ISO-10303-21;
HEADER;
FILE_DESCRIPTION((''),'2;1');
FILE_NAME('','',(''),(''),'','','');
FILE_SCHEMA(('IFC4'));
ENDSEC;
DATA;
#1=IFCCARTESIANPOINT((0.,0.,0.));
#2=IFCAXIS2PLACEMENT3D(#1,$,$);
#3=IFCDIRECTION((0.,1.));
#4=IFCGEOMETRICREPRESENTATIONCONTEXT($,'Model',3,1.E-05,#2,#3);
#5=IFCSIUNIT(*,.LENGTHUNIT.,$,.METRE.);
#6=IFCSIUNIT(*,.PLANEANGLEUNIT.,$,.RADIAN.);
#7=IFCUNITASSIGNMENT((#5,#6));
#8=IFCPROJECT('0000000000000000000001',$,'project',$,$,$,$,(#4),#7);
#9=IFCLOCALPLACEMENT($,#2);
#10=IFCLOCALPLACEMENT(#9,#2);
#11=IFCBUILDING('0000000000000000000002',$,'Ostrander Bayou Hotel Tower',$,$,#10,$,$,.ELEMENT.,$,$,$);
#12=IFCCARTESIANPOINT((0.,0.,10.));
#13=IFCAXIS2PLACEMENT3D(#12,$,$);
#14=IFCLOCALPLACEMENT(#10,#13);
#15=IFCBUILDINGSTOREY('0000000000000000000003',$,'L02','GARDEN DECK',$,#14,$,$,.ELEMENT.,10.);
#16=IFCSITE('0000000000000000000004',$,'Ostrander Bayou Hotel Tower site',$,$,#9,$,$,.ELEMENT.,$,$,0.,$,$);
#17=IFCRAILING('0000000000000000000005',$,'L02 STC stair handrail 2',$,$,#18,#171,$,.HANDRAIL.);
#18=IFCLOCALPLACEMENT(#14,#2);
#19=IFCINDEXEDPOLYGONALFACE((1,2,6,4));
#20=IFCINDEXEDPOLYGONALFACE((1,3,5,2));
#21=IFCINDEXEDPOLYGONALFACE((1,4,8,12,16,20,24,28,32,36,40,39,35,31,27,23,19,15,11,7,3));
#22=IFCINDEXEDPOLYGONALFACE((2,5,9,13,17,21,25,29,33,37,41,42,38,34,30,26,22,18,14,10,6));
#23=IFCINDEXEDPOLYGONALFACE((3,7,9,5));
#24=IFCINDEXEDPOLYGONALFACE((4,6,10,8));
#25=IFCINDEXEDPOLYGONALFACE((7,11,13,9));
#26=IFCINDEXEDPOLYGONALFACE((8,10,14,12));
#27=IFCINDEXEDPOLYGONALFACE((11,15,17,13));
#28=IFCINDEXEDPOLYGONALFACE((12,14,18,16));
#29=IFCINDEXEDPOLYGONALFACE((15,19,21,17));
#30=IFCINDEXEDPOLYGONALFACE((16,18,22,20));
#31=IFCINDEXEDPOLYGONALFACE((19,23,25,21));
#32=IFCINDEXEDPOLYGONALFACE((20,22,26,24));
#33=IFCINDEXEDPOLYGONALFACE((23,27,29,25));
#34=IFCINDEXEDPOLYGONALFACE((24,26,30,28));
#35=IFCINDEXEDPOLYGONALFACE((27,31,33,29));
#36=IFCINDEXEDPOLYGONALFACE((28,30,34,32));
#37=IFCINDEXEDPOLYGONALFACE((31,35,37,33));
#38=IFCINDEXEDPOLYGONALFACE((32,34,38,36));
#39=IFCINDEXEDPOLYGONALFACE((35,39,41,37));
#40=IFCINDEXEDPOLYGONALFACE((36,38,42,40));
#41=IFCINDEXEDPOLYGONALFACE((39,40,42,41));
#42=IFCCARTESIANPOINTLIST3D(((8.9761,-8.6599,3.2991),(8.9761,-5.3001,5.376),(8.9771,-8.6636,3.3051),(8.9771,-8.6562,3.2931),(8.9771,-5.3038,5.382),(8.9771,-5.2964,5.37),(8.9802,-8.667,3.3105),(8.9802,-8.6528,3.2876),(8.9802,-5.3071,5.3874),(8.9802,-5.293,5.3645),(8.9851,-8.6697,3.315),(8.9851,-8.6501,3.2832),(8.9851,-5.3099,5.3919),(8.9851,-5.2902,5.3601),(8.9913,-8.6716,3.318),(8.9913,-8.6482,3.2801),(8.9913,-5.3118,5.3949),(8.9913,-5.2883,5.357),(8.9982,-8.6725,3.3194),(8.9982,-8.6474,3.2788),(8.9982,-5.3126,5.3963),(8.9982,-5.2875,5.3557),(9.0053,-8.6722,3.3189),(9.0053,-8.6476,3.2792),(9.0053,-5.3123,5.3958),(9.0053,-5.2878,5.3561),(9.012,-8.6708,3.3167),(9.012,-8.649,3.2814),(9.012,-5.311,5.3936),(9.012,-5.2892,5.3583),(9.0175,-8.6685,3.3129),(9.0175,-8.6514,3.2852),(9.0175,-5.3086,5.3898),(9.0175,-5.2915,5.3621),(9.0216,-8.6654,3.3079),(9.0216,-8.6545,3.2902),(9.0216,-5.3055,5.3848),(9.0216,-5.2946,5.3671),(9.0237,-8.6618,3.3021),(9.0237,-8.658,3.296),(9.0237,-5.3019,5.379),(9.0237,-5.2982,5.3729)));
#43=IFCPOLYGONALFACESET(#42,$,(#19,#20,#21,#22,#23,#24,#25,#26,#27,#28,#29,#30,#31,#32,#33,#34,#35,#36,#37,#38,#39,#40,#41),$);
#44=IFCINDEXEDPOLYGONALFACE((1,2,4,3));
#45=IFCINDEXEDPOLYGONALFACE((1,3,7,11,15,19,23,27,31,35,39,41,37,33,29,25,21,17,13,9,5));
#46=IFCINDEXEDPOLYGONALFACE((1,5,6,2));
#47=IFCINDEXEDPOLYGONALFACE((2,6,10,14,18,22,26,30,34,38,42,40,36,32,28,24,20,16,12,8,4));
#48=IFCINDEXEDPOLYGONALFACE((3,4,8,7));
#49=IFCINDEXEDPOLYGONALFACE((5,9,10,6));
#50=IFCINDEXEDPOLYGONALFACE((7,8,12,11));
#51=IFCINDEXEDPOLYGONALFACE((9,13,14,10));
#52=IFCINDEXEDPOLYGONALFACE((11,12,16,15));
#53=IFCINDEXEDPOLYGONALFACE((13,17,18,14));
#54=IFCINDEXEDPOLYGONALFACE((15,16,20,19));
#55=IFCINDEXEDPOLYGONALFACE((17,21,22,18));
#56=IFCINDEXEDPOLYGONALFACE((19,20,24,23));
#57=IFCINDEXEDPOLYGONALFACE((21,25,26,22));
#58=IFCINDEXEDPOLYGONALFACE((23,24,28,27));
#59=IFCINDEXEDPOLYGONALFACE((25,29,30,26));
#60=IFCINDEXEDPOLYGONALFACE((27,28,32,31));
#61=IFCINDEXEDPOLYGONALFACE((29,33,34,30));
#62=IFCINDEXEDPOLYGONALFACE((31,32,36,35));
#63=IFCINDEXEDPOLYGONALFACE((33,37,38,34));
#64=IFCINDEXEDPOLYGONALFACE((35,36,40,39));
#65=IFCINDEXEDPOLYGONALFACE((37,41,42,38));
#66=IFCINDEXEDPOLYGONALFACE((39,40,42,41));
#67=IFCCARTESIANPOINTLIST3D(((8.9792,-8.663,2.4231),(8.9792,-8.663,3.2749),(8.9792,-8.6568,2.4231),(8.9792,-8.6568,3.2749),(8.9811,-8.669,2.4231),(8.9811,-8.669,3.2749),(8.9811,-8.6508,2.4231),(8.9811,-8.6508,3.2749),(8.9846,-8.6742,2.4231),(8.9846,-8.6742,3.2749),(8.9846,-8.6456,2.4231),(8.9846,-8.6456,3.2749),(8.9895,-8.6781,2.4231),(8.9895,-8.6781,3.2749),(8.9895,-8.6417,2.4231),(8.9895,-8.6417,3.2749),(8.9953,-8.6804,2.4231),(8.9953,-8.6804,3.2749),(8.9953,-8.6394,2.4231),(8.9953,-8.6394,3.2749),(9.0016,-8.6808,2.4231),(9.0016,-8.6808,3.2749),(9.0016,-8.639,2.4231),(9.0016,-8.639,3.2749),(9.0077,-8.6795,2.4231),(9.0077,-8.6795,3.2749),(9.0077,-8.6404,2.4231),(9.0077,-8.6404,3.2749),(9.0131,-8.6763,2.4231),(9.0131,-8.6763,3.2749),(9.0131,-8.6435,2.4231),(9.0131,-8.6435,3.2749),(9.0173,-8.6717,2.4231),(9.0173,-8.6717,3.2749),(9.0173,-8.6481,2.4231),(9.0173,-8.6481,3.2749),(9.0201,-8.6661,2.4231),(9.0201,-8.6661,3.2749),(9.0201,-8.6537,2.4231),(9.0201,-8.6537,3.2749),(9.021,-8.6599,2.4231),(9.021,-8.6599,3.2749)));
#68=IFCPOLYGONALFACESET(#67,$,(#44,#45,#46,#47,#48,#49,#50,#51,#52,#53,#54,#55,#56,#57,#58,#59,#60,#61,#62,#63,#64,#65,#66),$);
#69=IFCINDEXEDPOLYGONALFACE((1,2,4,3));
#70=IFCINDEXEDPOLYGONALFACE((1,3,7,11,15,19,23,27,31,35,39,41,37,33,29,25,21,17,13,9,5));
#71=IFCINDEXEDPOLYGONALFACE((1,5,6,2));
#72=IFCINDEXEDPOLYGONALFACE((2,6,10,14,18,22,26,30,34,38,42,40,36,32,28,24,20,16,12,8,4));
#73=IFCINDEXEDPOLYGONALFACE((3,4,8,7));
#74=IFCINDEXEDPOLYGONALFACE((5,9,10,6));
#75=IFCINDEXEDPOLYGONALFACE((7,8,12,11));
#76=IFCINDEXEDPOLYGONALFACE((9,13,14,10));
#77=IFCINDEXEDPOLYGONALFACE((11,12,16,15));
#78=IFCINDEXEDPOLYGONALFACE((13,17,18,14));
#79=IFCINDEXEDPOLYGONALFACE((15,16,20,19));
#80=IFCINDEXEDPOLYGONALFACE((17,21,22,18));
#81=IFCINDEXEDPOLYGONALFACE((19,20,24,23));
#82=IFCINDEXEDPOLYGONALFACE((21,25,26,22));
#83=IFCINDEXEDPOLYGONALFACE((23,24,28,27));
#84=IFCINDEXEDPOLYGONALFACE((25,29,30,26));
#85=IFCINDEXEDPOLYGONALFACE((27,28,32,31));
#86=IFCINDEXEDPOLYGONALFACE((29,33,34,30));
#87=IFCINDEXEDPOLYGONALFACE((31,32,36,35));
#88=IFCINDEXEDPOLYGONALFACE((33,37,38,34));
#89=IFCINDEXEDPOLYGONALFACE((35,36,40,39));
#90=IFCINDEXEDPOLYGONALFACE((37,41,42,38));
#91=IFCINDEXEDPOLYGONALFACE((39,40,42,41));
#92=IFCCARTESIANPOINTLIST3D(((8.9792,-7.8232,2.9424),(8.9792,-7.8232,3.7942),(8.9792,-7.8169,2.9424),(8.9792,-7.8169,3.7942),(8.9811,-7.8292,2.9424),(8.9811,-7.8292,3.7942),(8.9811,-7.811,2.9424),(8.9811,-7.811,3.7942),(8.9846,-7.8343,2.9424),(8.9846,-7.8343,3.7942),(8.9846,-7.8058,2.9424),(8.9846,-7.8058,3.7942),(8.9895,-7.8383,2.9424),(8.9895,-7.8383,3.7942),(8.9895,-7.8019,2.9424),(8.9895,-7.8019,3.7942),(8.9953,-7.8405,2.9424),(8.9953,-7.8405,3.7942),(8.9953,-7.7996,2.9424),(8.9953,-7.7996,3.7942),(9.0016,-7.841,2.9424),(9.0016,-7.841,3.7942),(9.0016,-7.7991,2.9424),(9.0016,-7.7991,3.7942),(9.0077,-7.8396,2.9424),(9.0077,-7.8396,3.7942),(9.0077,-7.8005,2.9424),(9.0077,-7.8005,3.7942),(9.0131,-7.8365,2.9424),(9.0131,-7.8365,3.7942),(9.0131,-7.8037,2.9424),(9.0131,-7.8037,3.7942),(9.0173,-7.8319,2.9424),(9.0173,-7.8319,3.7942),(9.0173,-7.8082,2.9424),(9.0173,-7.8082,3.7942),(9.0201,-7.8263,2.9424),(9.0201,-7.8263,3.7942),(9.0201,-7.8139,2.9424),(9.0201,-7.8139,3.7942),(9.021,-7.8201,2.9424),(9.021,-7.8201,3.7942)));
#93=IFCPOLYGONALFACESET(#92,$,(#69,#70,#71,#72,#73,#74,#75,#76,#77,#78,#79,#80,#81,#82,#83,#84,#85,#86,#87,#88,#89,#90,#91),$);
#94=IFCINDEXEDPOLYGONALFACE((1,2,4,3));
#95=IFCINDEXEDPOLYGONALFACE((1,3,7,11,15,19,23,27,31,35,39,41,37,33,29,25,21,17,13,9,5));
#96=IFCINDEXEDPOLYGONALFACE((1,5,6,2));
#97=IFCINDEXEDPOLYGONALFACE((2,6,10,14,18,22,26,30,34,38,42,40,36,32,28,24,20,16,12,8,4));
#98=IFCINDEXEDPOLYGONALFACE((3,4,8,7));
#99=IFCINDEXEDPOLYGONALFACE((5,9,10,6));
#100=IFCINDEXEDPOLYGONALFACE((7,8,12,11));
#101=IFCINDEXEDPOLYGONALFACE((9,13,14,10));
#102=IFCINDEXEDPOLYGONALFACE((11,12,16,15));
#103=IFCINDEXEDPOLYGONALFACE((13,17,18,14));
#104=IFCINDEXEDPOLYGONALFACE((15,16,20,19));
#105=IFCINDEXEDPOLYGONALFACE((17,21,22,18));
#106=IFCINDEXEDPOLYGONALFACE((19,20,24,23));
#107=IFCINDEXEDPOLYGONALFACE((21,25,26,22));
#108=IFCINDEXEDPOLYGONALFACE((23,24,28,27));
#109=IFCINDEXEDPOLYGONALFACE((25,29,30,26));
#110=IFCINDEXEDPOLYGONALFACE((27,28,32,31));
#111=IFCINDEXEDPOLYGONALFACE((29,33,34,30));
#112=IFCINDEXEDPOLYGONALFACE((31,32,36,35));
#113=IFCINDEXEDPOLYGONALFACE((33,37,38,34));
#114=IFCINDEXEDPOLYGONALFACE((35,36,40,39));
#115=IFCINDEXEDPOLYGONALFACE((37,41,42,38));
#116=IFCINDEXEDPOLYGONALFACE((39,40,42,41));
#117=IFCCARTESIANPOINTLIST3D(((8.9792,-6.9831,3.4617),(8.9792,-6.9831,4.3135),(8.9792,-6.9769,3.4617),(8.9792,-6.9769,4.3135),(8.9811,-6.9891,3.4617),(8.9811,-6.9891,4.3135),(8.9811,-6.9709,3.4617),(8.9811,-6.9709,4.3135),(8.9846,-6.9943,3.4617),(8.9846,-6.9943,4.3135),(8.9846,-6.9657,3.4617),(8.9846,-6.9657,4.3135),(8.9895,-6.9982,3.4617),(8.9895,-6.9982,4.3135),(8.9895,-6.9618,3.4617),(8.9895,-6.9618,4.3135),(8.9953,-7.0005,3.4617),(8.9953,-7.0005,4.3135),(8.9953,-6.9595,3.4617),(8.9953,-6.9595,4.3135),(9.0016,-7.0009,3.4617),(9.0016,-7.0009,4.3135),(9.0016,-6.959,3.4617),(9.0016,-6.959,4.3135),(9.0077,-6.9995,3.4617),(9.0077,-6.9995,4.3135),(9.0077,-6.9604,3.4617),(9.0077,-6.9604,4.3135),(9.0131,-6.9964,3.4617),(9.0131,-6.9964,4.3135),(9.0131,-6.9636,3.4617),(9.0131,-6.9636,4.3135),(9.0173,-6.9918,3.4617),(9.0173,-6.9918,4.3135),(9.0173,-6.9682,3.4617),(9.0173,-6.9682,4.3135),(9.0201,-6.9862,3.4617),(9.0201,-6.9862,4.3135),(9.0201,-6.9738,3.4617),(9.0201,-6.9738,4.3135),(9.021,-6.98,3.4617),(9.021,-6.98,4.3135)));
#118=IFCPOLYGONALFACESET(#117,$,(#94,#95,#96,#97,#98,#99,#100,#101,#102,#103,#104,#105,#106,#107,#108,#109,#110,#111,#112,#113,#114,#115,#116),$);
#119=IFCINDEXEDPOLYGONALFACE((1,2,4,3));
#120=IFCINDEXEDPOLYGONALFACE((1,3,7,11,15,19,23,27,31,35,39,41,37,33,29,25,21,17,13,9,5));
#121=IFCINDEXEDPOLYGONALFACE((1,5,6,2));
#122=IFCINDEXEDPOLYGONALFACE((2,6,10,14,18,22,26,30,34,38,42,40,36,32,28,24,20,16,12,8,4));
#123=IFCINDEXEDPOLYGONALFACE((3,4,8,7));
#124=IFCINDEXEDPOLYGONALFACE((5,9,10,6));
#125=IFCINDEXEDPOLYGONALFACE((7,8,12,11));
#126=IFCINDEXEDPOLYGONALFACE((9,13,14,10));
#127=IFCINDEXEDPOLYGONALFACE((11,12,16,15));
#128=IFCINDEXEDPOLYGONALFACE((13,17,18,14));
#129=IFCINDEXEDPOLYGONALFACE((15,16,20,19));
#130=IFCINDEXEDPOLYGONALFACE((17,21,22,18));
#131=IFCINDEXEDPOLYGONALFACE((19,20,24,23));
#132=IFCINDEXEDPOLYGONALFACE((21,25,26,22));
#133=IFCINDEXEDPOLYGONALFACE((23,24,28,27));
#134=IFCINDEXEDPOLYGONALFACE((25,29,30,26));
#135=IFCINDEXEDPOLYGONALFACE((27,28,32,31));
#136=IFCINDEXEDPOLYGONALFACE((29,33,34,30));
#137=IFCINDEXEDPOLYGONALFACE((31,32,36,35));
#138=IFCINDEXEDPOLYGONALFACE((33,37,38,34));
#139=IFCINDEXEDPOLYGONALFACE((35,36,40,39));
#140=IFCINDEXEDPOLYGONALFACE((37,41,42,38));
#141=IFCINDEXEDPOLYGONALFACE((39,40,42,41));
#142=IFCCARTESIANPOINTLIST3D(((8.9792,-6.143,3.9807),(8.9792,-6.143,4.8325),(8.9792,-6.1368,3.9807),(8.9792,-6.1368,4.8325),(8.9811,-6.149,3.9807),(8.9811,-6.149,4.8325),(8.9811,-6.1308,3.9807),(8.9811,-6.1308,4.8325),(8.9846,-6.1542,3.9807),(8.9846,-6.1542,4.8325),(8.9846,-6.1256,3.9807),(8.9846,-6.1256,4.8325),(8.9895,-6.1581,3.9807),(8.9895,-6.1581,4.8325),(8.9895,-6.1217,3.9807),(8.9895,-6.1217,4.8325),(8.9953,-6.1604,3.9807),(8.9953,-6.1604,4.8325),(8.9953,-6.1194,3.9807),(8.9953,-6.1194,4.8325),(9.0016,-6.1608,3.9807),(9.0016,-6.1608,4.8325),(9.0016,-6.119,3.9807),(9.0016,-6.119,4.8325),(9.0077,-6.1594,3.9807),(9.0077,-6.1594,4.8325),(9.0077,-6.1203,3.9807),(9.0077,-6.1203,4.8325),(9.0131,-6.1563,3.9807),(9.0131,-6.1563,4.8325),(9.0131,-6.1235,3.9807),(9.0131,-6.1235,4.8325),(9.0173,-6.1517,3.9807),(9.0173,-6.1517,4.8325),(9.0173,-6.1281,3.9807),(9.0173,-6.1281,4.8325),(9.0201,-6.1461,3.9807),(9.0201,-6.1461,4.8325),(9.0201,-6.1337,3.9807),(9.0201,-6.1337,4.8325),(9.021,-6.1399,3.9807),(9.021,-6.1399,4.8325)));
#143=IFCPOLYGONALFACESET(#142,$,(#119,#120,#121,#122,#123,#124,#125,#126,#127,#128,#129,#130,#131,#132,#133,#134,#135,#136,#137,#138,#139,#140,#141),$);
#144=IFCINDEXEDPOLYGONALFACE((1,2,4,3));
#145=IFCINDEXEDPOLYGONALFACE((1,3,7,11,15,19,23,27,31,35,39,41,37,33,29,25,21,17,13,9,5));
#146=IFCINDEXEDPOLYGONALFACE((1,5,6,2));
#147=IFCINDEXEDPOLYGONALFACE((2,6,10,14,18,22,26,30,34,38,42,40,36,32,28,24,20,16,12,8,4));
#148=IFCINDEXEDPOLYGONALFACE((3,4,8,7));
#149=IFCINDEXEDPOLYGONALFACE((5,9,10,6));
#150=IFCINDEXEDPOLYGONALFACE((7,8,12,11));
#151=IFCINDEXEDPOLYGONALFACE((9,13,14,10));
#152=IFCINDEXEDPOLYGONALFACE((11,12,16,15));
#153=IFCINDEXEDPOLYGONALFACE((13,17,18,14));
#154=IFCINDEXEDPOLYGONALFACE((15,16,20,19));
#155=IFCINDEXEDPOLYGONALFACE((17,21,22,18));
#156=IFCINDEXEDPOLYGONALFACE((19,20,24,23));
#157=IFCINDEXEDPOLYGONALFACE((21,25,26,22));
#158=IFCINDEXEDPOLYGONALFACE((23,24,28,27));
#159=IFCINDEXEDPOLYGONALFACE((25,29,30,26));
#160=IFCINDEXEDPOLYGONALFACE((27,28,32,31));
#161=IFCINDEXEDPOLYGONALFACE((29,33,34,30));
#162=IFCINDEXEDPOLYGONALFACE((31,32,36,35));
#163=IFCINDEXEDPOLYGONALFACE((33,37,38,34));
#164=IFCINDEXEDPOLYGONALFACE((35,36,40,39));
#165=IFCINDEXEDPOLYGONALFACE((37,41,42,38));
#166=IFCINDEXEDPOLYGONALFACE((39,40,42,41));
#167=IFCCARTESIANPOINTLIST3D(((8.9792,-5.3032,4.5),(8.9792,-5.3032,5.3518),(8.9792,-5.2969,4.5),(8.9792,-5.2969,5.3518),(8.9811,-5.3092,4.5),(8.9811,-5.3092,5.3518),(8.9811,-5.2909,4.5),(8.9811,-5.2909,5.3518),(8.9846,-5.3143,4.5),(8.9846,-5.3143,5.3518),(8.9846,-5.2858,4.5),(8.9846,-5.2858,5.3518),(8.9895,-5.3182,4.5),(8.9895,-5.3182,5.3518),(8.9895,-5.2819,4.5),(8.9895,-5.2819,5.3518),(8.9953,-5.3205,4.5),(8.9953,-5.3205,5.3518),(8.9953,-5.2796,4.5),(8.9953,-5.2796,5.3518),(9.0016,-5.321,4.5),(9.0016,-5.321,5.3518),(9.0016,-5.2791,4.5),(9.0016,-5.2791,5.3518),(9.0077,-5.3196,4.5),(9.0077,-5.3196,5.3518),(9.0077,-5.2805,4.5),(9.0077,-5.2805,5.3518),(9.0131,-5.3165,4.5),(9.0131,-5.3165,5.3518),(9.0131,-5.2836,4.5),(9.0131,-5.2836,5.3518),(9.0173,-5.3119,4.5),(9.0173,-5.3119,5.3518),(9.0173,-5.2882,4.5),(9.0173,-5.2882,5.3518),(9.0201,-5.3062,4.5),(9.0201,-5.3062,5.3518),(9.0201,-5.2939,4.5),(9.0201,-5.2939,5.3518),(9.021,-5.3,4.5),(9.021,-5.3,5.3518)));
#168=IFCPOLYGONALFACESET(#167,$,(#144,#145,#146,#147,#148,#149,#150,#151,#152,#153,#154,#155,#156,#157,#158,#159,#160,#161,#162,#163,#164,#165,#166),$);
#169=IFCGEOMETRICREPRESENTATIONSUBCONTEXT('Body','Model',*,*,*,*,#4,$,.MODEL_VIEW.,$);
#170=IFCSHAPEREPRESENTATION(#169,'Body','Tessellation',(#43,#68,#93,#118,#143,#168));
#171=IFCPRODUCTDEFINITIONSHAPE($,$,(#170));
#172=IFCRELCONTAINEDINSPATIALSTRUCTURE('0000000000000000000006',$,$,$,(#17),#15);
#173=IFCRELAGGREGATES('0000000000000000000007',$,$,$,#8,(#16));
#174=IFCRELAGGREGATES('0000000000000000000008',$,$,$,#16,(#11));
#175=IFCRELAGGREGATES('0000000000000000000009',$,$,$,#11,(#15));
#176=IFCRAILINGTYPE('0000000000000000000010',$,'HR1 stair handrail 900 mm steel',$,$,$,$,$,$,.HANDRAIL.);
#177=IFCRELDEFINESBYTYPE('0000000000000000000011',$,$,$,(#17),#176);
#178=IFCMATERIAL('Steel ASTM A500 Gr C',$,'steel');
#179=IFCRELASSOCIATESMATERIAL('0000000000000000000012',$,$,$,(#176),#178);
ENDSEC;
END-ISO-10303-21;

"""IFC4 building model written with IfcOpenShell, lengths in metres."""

from ifc_helpers import new_model, si_unit, direction, frame, origin, origin_2d, place, context, subcontext, project, spatial, circle, extrude, material, type_object, element, save


model = new_model("IFC4")

# Units and contexts
model_context = context("Model", 3, precision=1e-05, world=origin(), true_north=direction((0.0, 1.0)))
body_context = subcontext(model_context, "Body", "Model", "MODEL_VIEW")
ifc_project = project(units=[si_unit("LENGTHUNIT", "METRE"), si_unit("PLANEANGLEUNIT", "RADIAN")], contexts=[model_context])

# Site, building, storey
site_placement = place(None, origin())
site = spatial("IfcSite", under=ifc_project, at=site_placement, Name="Ostrander Bayou Hotel Tower site", CompositionType="ELEMENT", RefElevation=0.0)
building_placement = place(site_placement, origin())
building = spatial("IfcBuilding", under=site, at=building_placement, Name="Ostrander Bayou Hotel Tower", CompositionType="ELEMENT")
storey_placement = place(building_placement, frame((0.0, 0.0, 10.0)))
storey = spatial("IfcBuildingStorey", under=building, at=storey_placement, Name="L02", Description="GARDEN DECK", CompositionType="ELEMENT", Elevation=10.0)

# Railing
ifc_material_1 = material(Name="Steel ASTM A500 Gr C", Category="steel")
railing_type_1 = type_object("IfcRailingType", Name="HR1 stair handrail 900 mm steel", PredefinedType="HANDRAIL", material=ifc_material_1)
railing_1_placement = place(storey_placement, frame((9.0, -8.6599, 2.4231)))
element("IfcRailing", 1, at=railing_1_placement, inside=storey, type_object=railing_type_1, Name="L02 STC stair handrail 2", PredefinedType="HANDRAIL", context=body_context, shape_type="SweptSolid", body=[
    extrude(circle(Radius=0.0239, at=origin_2d()), frame((0.0, 0.0, 0.876), z_axis=(0.0, 0.850606, 0.525803), x_axis=(-1.0, 0.0, 0.0)), (0.0, 0.0, 1.0), 3.95),
    extrude(circle(Radius=0.021, at=origin_2d()), origin(), (0.0, 0.0, 1.0), 0.8518),
    extrude(circle(Radius=0.021, at=origin_2d()), frame((0.0, 0.8398, 0.5193)), (0.0, 0.0, 1.0), 0.8518),
    extrude(circle(Radius=0.021, at=origin_2d()), frame((0.0, 1.6799, 1.0386)), (0.0, 0.0, 1.0), 0.8518),
    extrude(circle(Radius=0.021, at=origin_2d()), frame((0.0, 2.52, 1.5576)), (0.0, 0.0, 1.0), 0.8518),
    extrude(circle(Radius=0.021, at=origin_2d()), frame((0.0, 3.3599, 2.0769)), (0.0, 0.0, 1.0), 0.8518),
])

save(model, "model.ifc")
